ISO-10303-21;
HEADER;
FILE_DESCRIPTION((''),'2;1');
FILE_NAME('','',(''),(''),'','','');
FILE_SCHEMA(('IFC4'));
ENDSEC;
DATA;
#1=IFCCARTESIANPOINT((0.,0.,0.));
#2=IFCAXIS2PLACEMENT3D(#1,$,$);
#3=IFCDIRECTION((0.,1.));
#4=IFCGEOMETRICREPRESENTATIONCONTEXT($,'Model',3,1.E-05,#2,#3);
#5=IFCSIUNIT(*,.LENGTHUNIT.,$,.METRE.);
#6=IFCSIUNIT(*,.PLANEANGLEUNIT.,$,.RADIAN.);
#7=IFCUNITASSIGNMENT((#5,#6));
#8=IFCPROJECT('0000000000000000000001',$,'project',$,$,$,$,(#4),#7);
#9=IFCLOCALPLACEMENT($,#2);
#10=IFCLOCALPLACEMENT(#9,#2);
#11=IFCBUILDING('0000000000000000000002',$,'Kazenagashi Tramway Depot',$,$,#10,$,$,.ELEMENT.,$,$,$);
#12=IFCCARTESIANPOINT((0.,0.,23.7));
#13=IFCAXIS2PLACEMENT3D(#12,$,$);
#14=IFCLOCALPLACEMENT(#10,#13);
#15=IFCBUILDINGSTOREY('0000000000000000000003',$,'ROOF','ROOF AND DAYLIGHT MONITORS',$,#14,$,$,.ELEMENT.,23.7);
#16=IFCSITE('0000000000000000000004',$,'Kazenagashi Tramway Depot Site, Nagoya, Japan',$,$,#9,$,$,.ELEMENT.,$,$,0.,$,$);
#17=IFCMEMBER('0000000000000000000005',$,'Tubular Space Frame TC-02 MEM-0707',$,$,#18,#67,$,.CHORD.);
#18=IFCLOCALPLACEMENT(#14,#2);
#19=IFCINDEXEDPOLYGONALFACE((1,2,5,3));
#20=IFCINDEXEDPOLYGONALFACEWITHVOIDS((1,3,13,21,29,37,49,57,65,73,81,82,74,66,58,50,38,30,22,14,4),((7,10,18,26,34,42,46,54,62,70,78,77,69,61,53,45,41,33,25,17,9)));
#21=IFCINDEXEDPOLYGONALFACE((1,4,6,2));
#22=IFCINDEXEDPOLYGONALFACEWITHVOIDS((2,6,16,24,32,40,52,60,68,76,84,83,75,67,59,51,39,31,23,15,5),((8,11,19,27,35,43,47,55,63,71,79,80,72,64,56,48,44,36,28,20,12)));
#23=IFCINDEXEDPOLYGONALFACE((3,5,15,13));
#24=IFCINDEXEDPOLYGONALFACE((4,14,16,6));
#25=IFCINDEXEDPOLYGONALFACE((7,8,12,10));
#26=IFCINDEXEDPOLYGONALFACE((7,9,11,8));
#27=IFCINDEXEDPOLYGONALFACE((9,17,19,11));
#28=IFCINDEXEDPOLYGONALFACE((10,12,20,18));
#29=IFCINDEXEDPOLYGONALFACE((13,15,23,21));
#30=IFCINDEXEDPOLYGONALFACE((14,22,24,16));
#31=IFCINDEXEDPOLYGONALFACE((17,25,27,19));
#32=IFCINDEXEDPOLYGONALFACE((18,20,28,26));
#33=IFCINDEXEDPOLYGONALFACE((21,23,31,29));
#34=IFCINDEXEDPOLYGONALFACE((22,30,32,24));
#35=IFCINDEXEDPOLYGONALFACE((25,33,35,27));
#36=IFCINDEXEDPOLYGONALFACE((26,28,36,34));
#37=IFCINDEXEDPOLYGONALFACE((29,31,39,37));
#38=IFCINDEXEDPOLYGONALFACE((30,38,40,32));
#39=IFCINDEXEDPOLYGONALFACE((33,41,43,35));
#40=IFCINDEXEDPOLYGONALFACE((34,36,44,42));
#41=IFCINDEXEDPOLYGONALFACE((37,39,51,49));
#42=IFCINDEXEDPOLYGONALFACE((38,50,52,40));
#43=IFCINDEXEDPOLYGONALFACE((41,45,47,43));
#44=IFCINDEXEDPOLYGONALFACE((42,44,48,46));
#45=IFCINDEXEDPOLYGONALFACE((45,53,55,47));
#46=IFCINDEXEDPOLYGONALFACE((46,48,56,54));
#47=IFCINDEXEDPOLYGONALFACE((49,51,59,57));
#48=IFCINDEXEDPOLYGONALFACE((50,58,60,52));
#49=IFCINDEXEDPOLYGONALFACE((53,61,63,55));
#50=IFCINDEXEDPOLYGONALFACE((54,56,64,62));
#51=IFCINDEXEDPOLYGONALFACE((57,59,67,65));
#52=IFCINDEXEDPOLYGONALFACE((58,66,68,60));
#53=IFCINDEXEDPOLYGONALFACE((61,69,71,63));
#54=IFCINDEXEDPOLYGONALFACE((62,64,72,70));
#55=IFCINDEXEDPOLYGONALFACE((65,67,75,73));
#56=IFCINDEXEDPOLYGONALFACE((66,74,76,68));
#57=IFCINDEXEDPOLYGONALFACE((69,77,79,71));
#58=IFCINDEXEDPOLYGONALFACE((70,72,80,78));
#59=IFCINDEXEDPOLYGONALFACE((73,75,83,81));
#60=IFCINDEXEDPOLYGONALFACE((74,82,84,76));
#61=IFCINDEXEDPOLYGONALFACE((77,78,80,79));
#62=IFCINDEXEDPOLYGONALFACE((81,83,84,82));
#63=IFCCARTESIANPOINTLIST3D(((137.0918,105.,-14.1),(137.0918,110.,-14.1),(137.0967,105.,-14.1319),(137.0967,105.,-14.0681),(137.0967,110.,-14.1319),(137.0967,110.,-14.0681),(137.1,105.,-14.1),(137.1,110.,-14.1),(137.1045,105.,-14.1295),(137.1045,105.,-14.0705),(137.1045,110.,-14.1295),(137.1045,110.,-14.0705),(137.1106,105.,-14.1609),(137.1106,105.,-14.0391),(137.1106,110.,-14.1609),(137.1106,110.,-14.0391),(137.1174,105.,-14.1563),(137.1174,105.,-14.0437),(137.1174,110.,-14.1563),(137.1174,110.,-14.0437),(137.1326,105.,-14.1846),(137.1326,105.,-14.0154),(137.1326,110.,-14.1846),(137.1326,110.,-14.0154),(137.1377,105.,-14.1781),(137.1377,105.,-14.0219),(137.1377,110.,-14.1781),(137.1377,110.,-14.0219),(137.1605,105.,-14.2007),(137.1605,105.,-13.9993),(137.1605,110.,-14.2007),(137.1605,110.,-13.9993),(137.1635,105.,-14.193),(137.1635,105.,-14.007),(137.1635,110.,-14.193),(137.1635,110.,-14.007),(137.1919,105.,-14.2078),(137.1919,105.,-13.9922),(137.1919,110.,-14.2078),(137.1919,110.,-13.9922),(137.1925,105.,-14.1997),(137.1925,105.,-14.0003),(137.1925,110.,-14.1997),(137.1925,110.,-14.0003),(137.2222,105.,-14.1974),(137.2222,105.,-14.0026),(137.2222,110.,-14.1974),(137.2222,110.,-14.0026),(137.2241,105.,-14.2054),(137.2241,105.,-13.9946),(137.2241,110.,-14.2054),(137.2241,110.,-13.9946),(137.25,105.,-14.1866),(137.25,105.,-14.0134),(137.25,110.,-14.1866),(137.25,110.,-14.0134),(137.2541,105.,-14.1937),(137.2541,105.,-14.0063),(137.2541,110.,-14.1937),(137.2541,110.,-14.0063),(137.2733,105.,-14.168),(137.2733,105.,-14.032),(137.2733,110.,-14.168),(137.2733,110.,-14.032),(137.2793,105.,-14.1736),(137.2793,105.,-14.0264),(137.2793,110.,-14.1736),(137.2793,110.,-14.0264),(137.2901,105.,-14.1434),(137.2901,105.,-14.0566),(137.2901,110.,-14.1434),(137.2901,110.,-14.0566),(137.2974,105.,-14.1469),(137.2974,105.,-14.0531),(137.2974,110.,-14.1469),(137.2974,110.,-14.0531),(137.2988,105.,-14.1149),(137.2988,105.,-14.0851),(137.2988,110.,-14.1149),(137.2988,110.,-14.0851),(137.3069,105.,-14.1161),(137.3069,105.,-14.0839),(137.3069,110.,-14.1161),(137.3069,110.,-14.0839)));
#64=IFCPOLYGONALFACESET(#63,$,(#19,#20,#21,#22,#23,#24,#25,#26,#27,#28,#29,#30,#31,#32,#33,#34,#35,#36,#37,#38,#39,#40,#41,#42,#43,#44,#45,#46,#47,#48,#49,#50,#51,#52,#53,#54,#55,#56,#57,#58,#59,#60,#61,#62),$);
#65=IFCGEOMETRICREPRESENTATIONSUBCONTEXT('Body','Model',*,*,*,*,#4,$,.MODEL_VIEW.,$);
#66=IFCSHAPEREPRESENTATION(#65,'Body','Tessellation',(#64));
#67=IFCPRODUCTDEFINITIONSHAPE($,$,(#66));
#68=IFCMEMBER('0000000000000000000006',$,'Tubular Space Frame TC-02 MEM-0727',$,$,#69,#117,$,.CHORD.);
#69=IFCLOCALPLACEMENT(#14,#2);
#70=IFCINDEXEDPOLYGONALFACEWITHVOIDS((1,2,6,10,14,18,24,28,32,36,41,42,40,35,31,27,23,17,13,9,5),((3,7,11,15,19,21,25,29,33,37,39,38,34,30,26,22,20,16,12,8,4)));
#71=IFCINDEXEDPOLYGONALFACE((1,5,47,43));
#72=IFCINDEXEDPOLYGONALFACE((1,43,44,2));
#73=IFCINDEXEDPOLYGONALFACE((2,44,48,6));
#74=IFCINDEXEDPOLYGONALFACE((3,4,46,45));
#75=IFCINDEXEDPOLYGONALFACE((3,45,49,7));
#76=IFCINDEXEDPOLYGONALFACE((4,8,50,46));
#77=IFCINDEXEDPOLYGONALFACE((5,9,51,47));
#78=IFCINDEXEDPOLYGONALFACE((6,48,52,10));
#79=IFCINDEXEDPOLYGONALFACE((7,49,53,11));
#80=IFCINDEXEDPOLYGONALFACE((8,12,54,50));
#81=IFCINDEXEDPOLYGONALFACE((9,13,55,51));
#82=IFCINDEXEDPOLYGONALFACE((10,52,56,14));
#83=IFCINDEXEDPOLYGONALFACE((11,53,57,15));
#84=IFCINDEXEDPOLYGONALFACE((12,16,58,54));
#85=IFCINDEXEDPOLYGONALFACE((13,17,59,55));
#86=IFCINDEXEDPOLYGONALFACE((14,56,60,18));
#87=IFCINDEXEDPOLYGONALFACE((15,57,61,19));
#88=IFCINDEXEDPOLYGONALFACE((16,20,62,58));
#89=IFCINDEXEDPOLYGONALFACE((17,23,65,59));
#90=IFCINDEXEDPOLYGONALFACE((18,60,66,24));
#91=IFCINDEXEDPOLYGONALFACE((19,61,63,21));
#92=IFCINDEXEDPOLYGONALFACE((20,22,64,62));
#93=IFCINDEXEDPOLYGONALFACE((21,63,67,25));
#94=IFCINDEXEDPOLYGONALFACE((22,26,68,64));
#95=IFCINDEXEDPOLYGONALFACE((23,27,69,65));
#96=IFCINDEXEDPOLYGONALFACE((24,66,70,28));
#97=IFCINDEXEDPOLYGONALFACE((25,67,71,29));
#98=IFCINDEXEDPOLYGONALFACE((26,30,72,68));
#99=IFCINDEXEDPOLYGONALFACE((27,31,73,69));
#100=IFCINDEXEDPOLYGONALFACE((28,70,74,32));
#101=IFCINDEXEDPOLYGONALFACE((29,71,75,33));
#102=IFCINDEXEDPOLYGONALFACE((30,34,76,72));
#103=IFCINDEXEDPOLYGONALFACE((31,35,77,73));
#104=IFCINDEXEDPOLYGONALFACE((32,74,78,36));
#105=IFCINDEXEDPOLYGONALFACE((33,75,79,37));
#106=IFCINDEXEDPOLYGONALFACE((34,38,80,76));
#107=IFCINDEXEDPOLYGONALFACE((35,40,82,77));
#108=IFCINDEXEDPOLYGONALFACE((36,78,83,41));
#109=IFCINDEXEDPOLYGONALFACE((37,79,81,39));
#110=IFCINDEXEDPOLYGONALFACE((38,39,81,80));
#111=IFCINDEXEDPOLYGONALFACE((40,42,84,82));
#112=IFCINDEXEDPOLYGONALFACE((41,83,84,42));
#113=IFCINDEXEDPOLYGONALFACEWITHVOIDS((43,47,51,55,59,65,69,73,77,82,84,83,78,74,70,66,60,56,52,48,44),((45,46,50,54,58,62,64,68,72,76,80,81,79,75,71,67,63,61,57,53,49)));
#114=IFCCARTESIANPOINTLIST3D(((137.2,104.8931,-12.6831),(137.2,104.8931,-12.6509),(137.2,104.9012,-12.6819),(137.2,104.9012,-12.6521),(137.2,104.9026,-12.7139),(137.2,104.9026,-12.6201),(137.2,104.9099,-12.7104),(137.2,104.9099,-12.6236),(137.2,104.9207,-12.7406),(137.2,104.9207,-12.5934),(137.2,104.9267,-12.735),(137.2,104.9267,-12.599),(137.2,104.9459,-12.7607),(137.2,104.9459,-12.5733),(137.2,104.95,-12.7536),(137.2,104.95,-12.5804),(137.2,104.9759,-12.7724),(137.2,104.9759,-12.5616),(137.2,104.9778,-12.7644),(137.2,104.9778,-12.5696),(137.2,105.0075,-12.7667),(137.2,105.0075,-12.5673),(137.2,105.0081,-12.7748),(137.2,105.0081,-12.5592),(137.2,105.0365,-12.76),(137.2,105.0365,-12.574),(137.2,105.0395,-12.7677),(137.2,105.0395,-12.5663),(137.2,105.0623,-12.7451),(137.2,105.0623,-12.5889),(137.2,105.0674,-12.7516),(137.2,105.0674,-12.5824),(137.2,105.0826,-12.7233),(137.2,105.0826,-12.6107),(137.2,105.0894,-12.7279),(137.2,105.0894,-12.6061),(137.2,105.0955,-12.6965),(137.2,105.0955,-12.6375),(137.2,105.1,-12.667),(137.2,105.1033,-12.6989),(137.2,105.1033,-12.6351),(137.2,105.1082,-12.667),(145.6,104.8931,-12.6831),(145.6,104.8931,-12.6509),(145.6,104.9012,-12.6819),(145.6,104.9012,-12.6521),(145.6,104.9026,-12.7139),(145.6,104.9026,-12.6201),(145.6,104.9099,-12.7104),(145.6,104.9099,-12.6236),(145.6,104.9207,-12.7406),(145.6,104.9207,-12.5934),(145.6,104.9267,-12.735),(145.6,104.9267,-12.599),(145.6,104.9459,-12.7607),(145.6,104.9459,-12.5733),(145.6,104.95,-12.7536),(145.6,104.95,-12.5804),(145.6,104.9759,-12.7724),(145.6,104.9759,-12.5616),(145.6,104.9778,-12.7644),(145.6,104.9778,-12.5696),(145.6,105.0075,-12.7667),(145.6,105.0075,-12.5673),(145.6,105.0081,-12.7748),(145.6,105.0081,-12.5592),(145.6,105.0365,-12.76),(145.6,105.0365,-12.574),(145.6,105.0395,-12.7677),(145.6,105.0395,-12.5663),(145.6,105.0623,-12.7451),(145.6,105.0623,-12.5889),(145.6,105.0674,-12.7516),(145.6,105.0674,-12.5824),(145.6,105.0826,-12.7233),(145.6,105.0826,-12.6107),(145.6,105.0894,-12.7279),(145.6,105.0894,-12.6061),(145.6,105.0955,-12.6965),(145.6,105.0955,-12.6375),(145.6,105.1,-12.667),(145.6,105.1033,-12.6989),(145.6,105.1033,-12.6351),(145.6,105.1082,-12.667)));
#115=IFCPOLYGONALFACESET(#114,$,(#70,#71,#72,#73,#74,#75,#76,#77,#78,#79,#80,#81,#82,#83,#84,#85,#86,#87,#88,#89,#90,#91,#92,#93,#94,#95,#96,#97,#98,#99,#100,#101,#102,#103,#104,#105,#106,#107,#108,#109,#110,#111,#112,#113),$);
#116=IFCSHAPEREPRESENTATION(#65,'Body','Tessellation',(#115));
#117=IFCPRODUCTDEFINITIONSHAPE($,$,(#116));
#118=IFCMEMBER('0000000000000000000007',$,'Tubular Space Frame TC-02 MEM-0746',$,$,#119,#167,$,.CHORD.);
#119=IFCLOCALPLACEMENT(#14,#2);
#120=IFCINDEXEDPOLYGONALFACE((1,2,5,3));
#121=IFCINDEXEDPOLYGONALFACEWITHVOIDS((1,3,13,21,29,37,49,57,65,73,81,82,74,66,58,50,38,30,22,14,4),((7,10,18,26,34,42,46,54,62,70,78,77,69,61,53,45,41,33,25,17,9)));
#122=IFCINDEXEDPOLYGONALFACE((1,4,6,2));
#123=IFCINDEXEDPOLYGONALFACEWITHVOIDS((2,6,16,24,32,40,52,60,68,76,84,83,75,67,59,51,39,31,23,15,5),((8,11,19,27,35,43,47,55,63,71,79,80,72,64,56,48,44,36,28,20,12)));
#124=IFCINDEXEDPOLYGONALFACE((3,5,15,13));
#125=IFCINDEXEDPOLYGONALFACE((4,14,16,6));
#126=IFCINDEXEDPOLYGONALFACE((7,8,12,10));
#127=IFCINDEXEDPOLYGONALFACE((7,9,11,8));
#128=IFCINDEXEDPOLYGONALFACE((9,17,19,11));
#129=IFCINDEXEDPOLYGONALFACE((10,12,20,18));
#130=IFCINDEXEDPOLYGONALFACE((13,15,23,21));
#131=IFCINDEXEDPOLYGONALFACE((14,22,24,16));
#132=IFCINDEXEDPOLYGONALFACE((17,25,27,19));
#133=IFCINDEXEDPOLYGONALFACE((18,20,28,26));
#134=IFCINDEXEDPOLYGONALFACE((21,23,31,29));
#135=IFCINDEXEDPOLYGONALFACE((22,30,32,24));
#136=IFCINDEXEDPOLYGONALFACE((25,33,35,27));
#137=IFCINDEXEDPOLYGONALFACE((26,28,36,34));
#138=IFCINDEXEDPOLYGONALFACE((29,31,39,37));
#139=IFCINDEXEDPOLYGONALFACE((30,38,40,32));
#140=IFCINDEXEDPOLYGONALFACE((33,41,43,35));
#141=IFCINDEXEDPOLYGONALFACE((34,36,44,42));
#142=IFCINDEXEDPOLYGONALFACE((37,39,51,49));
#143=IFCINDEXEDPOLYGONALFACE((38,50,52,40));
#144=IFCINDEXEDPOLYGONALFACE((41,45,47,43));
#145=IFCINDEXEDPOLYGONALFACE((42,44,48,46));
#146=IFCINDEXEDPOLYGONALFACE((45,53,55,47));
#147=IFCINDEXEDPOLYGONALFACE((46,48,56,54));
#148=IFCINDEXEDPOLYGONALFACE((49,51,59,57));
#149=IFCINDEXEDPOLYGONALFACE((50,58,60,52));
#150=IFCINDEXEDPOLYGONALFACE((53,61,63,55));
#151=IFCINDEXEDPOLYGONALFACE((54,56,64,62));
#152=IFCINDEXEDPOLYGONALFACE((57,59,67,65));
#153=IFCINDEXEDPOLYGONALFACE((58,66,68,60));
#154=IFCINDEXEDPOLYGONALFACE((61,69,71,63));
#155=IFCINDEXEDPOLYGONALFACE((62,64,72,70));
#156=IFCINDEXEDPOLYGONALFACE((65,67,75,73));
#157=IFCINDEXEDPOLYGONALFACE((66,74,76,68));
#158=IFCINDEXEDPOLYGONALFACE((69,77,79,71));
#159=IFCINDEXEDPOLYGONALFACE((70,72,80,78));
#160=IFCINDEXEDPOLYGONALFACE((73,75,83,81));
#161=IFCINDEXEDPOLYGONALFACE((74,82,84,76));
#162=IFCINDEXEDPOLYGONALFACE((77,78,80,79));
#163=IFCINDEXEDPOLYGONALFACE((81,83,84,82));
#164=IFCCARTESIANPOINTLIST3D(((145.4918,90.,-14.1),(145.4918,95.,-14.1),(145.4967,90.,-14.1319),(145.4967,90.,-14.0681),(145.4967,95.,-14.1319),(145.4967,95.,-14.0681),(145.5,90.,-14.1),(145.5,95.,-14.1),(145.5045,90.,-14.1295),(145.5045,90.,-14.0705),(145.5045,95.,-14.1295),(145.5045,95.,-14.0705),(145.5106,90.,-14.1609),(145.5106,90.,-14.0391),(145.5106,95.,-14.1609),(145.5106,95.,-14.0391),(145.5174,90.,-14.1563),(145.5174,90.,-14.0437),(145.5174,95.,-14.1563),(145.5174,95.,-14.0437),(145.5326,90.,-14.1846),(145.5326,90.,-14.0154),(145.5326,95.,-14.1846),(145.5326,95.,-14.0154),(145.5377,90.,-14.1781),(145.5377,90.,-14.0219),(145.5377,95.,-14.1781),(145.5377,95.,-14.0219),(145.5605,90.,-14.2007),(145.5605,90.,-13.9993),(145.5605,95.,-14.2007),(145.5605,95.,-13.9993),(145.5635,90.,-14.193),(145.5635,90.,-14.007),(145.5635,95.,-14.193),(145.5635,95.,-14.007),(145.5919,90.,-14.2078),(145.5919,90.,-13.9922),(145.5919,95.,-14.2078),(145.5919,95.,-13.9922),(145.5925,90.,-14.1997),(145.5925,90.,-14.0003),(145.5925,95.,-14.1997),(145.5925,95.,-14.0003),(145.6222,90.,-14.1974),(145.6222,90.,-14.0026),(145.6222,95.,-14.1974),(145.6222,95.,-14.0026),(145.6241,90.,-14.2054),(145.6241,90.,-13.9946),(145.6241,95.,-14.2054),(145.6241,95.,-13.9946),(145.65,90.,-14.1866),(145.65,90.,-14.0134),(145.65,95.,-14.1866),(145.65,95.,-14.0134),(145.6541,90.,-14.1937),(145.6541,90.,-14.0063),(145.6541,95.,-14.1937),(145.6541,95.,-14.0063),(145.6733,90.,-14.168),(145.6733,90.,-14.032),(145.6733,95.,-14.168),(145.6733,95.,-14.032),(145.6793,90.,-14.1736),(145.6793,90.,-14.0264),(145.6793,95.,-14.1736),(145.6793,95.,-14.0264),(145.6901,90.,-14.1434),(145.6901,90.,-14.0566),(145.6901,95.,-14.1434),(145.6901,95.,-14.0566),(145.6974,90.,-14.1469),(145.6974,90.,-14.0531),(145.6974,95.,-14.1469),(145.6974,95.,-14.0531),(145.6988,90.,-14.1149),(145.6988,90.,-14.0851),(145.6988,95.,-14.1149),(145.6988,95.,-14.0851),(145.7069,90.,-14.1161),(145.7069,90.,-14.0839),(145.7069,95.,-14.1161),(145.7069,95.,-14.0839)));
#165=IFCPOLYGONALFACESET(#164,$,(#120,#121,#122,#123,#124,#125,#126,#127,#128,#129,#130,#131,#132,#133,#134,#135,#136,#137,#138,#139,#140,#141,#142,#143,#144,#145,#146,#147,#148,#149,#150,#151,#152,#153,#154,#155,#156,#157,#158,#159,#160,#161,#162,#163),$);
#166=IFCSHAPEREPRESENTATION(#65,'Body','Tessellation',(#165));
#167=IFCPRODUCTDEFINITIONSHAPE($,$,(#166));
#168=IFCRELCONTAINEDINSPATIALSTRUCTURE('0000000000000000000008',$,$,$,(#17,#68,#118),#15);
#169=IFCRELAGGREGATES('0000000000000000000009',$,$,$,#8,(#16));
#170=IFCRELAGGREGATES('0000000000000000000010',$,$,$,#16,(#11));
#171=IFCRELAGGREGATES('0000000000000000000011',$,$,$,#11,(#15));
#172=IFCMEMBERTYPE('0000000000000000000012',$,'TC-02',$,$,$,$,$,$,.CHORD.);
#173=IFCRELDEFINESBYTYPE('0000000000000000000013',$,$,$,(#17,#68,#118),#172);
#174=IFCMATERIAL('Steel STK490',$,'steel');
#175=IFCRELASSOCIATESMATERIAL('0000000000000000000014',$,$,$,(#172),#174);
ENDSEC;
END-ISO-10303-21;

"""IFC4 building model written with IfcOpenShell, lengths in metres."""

from ifc_helpers import new_model, si_unit, direction, frame, origin, origin_2d, place, context, subcontext, project, spatial, hollow_circle, extrude, material, material_profile, profile_set, type_object, element, save


model = new_model("IFC4")

# Units and contexts
model_context = context("Model", 3, precision=1e-05, world=origin(), true_north=direction((0.0, 1.0)))
body_context = subcontext(model_context, "Body", "Model", "MODEL_VIEW")
ifc_project = project(units=[si_unit("LENGTHUNIT", "METRE"), si_unit("PLANEANGLEUNIT", "RADIAN")], contexts=[model_context])

# Site, building, storey
site_placement = place(None, origin())
site = spatial("IfcSite", under=ifc_project, at=site_placement, Name="Kazenagashi Tramway Depot Site, Nagoya, Japan", CompositionType="ELEMENT", RefElevation=0.0)
building_placement = place(site_placement, origin())
building = spatial("IfcBuilding", under=site, at=building_placement, Name="Kazenagashi Tramway Depot", CompositionType="ELEMENT")
storey_placement = place(building_placement, frame((0.0, 0.0, 23.7)))
storey = spatial("IfcBuildingStorey", under=building, at=storey_placement, Name="ROOF", Description="ROOF AND DAYLIGHT MONITORS", CompositionType="ELEMENT", Elevation=23.7)

# Members
ifc_material_1 = material(Name="Steel STK490", Category="steel")
ifc_material_profile_1 = material_profile(ifc_material_1, hollow_circle(Radius=0.1081, WallThickness=0.0082, at=origin_2d()), Name="CHS-216.3x8.2")
ifc_profile_set_1 = profile_set([ifc_material_profile_1], Name="Steel STK490")
member_type_1 = type_object("IfcMemberType", Name="TC-02", PredefinedType="CHORD", material=ifc_profile_set_1)
for number, where, z_axis, x_axis, name in (
    (1, (137.2, 105.0, -14.1), (0.0, 1.0, 0.0), (-1.0, 0.0, 0.0), "Tubular Space Frame TC-02 MEM-0707"),
):
    element("IfcMember", number, at=place(storey_placement, frame(where, z_axis=z_axis, x_axis=x_axis)), inside=storey, type_object=member_type_1, Name=name, PredefinedType="CHORD", context=body_context, shape_type="SweptSolid", body=[
        extrude(hollow_circle(Radius=0.1081, WallThickness=0.0082, at=origin_2d()), origin(), (0.0, 0.0, 1.0), 5.0),
    ])
member_1_placement = place(storey_placement, frame((137.2, 105.0, -12.667), z_axis=(1.0, 0.0, 0.0), x_axis=(0.0, 1.0, 0.0)))
element("IfcMember", 2, at=member_1_placement, inside=storey, type_object=member_type_1, Name="Tubular Space Frame TC-02 MEM-0727", PredefinedType="CHORD", context=body_context, shape_type="SweptSolid", body=[
    extrude(hollow_circle(Radius=0.1081, WallThickness=0.0082, at=origin_2d()), origin(), (0.0, 0.0, 1.0), 8.4),
])
for number, where, z_axis, x_axis, name in (
    (3, (145.6, 90.0, -14.1), (0.0, 1.0, 0.0), (-1.0, 0.0, 0.0), "Tubular Space Frame TC-02 MEM-0746"),
):
    element("IfcMember", number, at=place(storey_placement, frame(where, z_axis=z_axis, x_axis=x_axis)), inside=storey, type_object=member_type_1, Name=name, PredefinedType="CHORD", context=body_context, shape_type="SweptSolid", body=[
        extrude(hollow_circle(Radius=0.1081, WallThickness=0.0082, at=origin_2d()), origin(), (0.0, 0.0, 1.0), 5.0),
    ])

save(model, "model.ifc")
